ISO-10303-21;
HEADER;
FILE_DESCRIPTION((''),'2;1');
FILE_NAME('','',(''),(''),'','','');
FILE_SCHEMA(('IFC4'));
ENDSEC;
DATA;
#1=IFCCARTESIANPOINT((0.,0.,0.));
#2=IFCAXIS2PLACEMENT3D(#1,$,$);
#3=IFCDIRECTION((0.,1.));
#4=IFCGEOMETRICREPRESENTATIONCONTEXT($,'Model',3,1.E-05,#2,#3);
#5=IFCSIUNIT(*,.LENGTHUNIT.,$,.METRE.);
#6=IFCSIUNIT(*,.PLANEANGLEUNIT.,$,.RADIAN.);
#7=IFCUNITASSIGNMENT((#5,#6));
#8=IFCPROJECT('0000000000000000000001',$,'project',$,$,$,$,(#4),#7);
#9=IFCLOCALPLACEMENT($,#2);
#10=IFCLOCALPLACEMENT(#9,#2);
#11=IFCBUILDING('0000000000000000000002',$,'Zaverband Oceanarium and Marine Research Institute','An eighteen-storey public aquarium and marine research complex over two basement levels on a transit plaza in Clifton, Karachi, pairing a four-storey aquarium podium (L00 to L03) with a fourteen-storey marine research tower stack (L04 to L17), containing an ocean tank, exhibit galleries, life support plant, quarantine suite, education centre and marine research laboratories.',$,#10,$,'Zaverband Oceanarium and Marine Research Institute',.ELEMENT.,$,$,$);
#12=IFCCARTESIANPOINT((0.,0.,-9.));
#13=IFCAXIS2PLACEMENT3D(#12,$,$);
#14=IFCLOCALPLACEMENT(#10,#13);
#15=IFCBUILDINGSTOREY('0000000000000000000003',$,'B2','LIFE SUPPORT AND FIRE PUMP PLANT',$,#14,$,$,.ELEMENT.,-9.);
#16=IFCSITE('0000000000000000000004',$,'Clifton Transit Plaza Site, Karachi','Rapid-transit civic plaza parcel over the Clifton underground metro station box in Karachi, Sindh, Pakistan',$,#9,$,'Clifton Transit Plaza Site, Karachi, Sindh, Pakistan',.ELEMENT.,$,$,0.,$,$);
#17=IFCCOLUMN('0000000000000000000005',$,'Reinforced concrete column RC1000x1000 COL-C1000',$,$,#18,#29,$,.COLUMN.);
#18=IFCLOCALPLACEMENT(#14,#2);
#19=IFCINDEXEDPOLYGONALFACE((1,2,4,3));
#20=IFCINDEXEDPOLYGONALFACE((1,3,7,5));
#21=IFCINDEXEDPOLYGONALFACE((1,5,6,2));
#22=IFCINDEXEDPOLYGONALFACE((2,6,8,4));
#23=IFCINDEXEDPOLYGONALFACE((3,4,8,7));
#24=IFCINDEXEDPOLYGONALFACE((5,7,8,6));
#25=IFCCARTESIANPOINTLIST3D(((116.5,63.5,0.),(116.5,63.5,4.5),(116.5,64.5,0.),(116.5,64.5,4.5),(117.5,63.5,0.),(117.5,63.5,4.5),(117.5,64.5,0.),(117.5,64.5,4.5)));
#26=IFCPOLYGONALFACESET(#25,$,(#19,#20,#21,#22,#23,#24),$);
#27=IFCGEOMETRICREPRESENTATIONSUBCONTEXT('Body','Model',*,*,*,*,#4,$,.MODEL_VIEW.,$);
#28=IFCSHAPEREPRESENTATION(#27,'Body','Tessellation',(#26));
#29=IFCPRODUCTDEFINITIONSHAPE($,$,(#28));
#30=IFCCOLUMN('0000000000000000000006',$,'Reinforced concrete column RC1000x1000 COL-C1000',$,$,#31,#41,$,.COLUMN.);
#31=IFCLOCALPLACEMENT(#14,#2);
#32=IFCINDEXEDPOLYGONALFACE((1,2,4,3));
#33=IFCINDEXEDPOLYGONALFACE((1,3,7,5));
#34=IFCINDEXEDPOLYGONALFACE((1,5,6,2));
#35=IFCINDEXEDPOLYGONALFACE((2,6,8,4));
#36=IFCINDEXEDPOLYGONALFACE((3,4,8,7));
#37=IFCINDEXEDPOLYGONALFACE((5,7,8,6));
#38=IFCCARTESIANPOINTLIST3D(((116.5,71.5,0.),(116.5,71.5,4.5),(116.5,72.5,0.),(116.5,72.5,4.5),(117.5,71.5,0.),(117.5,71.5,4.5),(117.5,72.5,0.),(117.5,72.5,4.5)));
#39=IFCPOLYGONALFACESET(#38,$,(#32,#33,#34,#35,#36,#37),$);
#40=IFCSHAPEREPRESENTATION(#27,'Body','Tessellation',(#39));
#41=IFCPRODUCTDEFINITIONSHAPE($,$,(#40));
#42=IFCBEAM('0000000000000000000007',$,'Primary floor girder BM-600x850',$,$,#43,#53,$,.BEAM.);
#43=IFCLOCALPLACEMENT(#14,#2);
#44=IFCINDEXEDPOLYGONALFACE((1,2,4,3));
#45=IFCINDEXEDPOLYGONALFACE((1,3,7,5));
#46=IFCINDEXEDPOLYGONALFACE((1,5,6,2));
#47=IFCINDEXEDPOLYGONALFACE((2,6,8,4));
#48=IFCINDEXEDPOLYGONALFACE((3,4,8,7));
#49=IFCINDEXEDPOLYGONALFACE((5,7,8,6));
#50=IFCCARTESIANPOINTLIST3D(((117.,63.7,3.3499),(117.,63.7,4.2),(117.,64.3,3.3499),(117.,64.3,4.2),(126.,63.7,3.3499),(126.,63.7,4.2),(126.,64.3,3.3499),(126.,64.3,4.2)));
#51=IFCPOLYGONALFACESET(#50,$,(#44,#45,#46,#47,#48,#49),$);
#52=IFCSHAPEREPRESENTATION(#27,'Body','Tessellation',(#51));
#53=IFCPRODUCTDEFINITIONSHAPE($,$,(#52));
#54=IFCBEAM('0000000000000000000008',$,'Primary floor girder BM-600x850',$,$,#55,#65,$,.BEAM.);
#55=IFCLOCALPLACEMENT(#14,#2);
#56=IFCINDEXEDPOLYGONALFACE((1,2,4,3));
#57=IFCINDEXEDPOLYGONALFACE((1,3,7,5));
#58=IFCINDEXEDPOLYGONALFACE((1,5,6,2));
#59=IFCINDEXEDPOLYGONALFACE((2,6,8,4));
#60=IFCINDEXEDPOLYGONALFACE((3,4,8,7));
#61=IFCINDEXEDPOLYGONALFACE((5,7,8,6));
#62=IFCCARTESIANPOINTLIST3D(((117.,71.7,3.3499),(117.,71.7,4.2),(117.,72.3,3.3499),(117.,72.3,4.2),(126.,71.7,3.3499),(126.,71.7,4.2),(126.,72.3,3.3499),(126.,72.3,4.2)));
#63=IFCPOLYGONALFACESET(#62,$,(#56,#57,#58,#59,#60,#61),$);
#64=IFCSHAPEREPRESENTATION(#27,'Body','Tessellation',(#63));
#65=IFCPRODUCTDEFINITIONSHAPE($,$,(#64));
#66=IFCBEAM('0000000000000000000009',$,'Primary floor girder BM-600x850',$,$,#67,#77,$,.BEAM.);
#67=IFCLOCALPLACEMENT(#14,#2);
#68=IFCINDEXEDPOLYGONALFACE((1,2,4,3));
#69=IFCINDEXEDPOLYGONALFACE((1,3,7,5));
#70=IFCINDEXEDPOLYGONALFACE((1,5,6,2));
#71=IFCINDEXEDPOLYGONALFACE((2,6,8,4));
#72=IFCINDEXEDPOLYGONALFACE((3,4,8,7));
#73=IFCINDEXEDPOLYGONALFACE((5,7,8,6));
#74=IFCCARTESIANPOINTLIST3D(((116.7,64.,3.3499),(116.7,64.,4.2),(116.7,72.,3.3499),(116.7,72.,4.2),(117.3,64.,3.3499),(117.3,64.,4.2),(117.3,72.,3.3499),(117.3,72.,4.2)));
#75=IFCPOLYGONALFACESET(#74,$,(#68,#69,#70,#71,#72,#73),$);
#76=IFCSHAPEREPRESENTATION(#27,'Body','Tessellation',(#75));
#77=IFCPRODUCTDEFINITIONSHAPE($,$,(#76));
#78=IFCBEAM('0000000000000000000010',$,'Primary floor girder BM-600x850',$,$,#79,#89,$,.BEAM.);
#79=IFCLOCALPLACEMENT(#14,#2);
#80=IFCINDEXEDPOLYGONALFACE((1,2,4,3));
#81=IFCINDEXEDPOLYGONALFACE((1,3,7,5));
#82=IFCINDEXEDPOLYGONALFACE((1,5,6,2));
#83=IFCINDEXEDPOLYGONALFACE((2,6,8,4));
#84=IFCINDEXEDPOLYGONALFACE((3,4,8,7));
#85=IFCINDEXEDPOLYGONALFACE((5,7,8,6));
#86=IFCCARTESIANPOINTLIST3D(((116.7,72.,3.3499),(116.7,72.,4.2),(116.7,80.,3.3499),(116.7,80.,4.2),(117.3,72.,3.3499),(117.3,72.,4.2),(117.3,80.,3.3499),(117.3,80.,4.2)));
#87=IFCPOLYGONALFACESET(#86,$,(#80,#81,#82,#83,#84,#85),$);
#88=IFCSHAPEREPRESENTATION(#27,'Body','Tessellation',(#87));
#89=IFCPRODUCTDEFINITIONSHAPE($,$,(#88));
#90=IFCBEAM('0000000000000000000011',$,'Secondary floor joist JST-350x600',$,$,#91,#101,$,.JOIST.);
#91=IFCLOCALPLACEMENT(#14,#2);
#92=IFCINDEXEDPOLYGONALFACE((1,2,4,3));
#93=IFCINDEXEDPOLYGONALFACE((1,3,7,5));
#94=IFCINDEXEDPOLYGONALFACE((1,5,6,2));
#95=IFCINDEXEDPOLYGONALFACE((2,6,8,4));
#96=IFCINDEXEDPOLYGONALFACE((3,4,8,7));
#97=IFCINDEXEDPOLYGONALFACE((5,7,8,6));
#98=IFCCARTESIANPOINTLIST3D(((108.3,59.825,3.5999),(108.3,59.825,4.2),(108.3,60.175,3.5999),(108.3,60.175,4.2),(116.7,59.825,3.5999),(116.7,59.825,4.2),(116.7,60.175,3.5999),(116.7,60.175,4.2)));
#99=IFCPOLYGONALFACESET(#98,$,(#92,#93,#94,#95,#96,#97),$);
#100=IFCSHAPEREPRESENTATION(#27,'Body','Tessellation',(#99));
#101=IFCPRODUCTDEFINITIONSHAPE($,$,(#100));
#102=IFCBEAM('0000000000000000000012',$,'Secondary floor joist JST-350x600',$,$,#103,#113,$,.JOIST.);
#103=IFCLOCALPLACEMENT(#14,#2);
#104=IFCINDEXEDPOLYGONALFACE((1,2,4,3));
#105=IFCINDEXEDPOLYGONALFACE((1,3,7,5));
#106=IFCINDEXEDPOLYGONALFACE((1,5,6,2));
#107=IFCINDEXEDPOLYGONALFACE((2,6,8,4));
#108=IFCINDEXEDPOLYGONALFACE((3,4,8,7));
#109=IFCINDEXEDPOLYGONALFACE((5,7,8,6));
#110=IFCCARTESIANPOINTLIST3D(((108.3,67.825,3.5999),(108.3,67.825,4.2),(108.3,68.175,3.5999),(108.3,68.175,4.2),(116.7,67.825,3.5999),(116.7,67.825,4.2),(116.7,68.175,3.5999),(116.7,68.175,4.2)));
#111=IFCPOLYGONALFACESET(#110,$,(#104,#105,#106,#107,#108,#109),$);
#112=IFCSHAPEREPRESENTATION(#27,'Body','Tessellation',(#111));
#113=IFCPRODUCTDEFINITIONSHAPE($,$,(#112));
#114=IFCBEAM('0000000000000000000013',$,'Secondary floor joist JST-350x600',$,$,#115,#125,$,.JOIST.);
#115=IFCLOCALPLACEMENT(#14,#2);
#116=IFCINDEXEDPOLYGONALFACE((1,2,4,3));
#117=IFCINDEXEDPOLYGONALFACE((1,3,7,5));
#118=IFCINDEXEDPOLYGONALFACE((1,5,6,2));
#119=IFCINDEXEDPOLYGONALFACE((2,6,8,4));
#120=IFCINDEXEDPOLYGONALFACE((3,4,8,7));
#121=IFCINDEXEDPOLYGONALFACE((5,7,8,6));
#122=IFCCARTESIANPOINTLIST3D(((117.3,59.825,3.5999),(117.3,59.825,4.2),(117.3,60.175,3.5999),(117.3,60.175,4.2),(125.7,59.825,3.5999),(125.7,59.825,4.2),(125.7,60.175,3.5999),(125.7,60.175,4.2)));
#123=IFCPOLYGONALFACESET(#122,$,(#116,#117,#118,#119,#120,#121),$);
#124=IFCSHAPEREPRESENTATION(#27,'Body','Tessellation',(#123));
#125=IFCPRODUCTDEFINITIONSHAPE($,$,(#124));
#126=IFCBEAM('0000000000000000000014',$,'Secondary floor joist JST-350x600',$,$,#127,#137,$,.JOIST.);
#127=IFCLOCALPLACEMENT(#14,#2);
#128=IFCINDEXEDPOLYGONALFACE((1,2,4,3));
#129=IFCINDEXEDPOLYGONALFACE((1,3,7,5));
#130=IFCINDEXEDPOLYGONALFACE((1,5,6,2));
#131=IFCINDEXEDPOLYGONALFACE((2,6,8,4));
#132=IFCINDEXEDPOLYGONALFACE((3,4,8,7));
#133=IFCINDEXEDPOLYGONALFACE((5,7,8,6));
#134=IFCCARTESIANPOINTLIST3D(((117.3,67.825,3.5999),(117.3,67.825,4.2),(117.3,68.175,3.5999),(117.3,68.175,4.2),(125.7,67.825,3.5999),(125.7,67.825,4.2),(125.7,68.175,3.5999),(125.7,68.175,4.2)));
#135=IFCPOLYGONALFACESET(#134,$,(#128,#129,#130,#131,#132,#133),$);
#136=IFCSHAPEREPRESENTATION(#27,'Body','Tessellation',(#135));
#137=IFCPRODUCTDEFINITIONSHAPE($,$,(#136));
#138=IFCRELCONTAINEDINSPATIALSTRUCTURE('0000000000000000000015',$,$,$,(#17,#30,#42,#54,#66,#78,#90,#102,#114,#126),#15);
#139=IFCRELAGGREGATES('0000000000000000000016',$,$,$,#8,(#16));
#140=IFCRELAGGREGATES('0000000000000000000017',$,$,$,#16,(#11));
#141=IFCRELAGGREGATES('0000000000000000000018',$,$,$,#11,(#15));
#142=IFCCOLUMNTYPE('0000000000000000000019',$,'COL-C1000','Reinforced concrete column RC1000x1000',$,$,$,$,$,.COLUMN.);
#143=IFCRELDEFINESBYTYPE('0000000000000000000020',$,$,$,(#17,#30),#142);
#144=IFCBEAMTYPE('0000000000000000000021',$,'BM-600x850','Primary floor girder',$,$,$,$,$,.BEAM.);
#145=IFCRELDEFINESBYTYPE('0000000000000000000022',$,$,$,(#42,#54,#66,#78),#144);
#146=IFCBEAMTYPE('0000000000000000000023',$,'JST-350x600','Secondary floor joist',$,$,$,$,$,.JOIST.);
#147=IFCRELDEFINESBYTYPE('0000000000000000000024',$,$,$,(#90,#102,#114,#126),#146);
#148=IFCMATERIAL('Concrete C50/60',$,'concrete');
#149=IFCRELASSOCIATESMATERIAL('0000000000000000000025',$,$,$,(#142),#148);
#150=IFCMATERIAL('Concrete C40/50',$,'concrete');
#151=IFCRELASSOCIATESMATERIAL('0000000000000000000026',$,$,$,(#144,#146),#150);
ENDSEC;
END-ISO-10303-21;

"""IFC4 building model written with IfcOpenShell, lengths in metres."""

from ifc_helpers import new_model, si_unit, direction, frame, origin, origin_2d, place, context, subcontext, project, spatial, rectangle, extrude, material, material_profile, profile_set, type_object, element, save


model = new_model("IFC4")

# Units and contexts
model_context = context("Model", 3, precision=1e-05, world=origin(), true_north=direction((0.0, 1.0)))
body_context = subcontext(model_context, "Body", "Model", "MODEL_VIEW")
ifc_project = project(units=[si_unit("LENGTHUNIT", "METRE"), si_unit("PLANEANGLEUNIT", "RADIAN")], contexts=[model_context])

# Site, building, storey
site_placement = place(None, origin())
site = spatial("IfcSite", under=ifc_project, at=site_placement, Name="Clifton Transit Plaza Site, Karachi", Description="Rapid-transit civic plaza parcel over the Clifton underground metro station box in Karachi, Sindh, Pakistan", LongName="Clifton Transit Plaza Site, Karachi, Sindh, Pakistan", CompositionType="ELEMENT", RefElevation=0.0)
building_placement = place(site_placement, origin())
building = spatial("IfcBuilding", under=site, at=building_placement, Name="Zaverband Oceanarium and Marine Research Institute", Description="An eighteen-storey public aquarium and marine research complex over two basement levels on a transit plaza in Clifton, Karachi, pairing a four-storey aquarium podium (L00 to L03) with a fourteen-storey marine research tower stack (L04 to L17), containing an ocean tank, exhibit galleries, life support plant, quarantine suite, education centre and marine research laboratories.", LongName="Zaverband Oceanarium and Marine Research Institute", CompositionType="ELEMENT")
storey_placement = place(building_placement, frame((0.0, 0.0, -9.0)))
storey = spatial("IfcBuildingStorey", under=building, at=storey_placement, Name="B2", Description="LIFE SUPPORT AND FIRE PUMP PLANT", CompositionType="ELEMENT", Elevation=-9.0)

# Shared definitions
ifc_material_1 = material(Name="Concrete C50/60", Category="concrete")

# Columns
ifc_material_profile_1 = material_profile(ifc_material_1, rectangle(XDim=1.0, YDim=1.0, at=origin_2d()), Name="RC1000x1000")
ifc_profile_set_1 = profile_set([ifc_material_profile_1], Name="Concrete C50/60")
column_type = type_object("IfcColumnType", Name="COL-C1000", Description="Reinforced concrete column RC1000x1000", PredefinedType="COLUMN", material=ifc_profile_set_1)
for number, where, z_axis, x_axis, name in (
    (1, (117.0, 64.0, 0.0), (0.0, 0.0, 1.0), (1.0, 0.0, 0.0), "Reinforced concrete column RC1000x1000 COL-C1000"),
    (2, (117.0, 72.0, 0.0), (0.0, 0.0, 1.0), (1.0, 0.0, 0.0), "Reinforced concrete column RC1000x1000 COL-C1000"),
):
    element("IfcColumn", number, at=place(storey_placement, frame(where, z_axis=z_axis, x_axis=x_axis)), inside=storey, type_object=column_type, Name=name, PredefinedType="COLUMN", context=body_context, shape_type="SweptSolid", body=[
        extrude(rectangle(XDim=1.0, YDim=1.0, at=origin_2d()), origin(), (0.0, 0.0, 1.0), 4.5),
    ])

# Beams
ifc_material_2 = material(Name="Concrete C40/50", Category="concrete")
ifc_material_profile_2 = material_profile(ifc_material_2, rectangle(XDim=0.6001, YDim=0.8501, at=origin_2d()), Name="RC600x850")
ifc_profile_set_2 = profile_set([ifc_material_profile_2], Name="Concrete C40/50")
beam_type_1 = type_object("IfcBeamType", Name="BM-600x850", Description="Primary floor girder", PredefinedType="BEAM", material=ifc_profile_set_2)
for number, where, z_axis, x_axis, name in (
    (3, (117.0, 64.0, 3.7749), (1.0, 0.0, 0.0), (0.0, 1.0, 0.0), "Primary floor girder BM-600x850"),
    (4, (117.0, 72.0, 3.7749), (1.0, 0.0, 0.0), (0.0, 1.0, 0.0), "Primary floor girder BM-600x850"),
):
    element("IfcBeam", number, at=place(storey_placement, frame(where, z_axis=z_axis, x_axis=x_axis)), inside=storey, type_object=beam_type_1, Name=name, PredefinedType="BEAM", context=body_context, shape_type="SweptSolid", body=[
        extrude(rectangle(XDim=0.6001, YDim=0.8501, at=origin_2d()), origin(), (0.0, 0.0, 1.0), 9.0),
    ])
for number, where, z_axis, x_axis, name in (
    (5, (117.0, 64.0, 3.7749), (0.0, 1.0, 0.0), (-1.0, 0.0, 0.0), "Primary floor girder BM-600x850"),
    (6, (117.0, 72.0, 3.7749), (0.0, 1.0, 0.0), (-1.0, 0.0, 0.0), "Primary floor girder BM-600x850"),
):
    element("IfcBeam", number, at=place(storey_placement, frame(where, z_axis=z_axis, x_axis=x_axis)), inside=storey, type_object=beam_type_1, Name=name, PredefinedType="BEAM", context=body_context, shape_type="SweptSolid", body=[
        extrude(rectangle(XDim=0.6001, YDim=0.8501, at=origin_2d()), origin(), (0.0, 0.0, 1.0), 8.0),
    ])
ifc_material_profile_3 = material_profile(ifc_material_2, rectangle(XDim=0.3501, YDim=0.6001, at=origin_2d()), Name="RC350x600")
ifc_profile_set_3 = profile_set([ifc_material_profile_3], Name="Concrete C40/50")
beam_type_2 = type_object("IfcBeamType", Name="JST-350x600", Description="Secondary floor joist", PredefinedType="JOIST", material=ifc_profile_set_3)
for number, where, z_axis, x_axis, name in (
    (7, (108.3, 60.0, 3.8999), (1.0, 0.0, 0.0), (0.0, 1.0, 0.0), "Secondary floor joist JST-350x600"),
    (8, (108.3, 68.0, 3.8999), (1.0, 0.0, 0.0), (0.0, 1.0, 0.0), "Secondary floor joist JST-350x600"),
    (9, (117.3, 60.0, 3.8999), (1.0, 0.0, 0.0), (0.0, 1.0, 0.0), "Secondary floor joist JST-350x600"),
    (10, (117.3, 68.0, 3.8999), (1.0, 0.0, 0.0), (0.0, 1.0, 0.0), "Secondary floor joist JST-350x600"),
):
    element("IfcBeam", number, at=place(storey_placement, frame(where, z_axis=z_axis, x_axis=x_axis)), inside=storey, type_object=beam_type_2, Name=name, PredefinedType="JOIST", context=body_context, shape_type="SweptSolid", body=[
        extrude(rectangle(XDim=0.3501, YDim=0.6001, at=origin_2d()), origin(), (0.0, 0.0, 1.0), 8.3999),
    ])

save(model, "model.ifc")
